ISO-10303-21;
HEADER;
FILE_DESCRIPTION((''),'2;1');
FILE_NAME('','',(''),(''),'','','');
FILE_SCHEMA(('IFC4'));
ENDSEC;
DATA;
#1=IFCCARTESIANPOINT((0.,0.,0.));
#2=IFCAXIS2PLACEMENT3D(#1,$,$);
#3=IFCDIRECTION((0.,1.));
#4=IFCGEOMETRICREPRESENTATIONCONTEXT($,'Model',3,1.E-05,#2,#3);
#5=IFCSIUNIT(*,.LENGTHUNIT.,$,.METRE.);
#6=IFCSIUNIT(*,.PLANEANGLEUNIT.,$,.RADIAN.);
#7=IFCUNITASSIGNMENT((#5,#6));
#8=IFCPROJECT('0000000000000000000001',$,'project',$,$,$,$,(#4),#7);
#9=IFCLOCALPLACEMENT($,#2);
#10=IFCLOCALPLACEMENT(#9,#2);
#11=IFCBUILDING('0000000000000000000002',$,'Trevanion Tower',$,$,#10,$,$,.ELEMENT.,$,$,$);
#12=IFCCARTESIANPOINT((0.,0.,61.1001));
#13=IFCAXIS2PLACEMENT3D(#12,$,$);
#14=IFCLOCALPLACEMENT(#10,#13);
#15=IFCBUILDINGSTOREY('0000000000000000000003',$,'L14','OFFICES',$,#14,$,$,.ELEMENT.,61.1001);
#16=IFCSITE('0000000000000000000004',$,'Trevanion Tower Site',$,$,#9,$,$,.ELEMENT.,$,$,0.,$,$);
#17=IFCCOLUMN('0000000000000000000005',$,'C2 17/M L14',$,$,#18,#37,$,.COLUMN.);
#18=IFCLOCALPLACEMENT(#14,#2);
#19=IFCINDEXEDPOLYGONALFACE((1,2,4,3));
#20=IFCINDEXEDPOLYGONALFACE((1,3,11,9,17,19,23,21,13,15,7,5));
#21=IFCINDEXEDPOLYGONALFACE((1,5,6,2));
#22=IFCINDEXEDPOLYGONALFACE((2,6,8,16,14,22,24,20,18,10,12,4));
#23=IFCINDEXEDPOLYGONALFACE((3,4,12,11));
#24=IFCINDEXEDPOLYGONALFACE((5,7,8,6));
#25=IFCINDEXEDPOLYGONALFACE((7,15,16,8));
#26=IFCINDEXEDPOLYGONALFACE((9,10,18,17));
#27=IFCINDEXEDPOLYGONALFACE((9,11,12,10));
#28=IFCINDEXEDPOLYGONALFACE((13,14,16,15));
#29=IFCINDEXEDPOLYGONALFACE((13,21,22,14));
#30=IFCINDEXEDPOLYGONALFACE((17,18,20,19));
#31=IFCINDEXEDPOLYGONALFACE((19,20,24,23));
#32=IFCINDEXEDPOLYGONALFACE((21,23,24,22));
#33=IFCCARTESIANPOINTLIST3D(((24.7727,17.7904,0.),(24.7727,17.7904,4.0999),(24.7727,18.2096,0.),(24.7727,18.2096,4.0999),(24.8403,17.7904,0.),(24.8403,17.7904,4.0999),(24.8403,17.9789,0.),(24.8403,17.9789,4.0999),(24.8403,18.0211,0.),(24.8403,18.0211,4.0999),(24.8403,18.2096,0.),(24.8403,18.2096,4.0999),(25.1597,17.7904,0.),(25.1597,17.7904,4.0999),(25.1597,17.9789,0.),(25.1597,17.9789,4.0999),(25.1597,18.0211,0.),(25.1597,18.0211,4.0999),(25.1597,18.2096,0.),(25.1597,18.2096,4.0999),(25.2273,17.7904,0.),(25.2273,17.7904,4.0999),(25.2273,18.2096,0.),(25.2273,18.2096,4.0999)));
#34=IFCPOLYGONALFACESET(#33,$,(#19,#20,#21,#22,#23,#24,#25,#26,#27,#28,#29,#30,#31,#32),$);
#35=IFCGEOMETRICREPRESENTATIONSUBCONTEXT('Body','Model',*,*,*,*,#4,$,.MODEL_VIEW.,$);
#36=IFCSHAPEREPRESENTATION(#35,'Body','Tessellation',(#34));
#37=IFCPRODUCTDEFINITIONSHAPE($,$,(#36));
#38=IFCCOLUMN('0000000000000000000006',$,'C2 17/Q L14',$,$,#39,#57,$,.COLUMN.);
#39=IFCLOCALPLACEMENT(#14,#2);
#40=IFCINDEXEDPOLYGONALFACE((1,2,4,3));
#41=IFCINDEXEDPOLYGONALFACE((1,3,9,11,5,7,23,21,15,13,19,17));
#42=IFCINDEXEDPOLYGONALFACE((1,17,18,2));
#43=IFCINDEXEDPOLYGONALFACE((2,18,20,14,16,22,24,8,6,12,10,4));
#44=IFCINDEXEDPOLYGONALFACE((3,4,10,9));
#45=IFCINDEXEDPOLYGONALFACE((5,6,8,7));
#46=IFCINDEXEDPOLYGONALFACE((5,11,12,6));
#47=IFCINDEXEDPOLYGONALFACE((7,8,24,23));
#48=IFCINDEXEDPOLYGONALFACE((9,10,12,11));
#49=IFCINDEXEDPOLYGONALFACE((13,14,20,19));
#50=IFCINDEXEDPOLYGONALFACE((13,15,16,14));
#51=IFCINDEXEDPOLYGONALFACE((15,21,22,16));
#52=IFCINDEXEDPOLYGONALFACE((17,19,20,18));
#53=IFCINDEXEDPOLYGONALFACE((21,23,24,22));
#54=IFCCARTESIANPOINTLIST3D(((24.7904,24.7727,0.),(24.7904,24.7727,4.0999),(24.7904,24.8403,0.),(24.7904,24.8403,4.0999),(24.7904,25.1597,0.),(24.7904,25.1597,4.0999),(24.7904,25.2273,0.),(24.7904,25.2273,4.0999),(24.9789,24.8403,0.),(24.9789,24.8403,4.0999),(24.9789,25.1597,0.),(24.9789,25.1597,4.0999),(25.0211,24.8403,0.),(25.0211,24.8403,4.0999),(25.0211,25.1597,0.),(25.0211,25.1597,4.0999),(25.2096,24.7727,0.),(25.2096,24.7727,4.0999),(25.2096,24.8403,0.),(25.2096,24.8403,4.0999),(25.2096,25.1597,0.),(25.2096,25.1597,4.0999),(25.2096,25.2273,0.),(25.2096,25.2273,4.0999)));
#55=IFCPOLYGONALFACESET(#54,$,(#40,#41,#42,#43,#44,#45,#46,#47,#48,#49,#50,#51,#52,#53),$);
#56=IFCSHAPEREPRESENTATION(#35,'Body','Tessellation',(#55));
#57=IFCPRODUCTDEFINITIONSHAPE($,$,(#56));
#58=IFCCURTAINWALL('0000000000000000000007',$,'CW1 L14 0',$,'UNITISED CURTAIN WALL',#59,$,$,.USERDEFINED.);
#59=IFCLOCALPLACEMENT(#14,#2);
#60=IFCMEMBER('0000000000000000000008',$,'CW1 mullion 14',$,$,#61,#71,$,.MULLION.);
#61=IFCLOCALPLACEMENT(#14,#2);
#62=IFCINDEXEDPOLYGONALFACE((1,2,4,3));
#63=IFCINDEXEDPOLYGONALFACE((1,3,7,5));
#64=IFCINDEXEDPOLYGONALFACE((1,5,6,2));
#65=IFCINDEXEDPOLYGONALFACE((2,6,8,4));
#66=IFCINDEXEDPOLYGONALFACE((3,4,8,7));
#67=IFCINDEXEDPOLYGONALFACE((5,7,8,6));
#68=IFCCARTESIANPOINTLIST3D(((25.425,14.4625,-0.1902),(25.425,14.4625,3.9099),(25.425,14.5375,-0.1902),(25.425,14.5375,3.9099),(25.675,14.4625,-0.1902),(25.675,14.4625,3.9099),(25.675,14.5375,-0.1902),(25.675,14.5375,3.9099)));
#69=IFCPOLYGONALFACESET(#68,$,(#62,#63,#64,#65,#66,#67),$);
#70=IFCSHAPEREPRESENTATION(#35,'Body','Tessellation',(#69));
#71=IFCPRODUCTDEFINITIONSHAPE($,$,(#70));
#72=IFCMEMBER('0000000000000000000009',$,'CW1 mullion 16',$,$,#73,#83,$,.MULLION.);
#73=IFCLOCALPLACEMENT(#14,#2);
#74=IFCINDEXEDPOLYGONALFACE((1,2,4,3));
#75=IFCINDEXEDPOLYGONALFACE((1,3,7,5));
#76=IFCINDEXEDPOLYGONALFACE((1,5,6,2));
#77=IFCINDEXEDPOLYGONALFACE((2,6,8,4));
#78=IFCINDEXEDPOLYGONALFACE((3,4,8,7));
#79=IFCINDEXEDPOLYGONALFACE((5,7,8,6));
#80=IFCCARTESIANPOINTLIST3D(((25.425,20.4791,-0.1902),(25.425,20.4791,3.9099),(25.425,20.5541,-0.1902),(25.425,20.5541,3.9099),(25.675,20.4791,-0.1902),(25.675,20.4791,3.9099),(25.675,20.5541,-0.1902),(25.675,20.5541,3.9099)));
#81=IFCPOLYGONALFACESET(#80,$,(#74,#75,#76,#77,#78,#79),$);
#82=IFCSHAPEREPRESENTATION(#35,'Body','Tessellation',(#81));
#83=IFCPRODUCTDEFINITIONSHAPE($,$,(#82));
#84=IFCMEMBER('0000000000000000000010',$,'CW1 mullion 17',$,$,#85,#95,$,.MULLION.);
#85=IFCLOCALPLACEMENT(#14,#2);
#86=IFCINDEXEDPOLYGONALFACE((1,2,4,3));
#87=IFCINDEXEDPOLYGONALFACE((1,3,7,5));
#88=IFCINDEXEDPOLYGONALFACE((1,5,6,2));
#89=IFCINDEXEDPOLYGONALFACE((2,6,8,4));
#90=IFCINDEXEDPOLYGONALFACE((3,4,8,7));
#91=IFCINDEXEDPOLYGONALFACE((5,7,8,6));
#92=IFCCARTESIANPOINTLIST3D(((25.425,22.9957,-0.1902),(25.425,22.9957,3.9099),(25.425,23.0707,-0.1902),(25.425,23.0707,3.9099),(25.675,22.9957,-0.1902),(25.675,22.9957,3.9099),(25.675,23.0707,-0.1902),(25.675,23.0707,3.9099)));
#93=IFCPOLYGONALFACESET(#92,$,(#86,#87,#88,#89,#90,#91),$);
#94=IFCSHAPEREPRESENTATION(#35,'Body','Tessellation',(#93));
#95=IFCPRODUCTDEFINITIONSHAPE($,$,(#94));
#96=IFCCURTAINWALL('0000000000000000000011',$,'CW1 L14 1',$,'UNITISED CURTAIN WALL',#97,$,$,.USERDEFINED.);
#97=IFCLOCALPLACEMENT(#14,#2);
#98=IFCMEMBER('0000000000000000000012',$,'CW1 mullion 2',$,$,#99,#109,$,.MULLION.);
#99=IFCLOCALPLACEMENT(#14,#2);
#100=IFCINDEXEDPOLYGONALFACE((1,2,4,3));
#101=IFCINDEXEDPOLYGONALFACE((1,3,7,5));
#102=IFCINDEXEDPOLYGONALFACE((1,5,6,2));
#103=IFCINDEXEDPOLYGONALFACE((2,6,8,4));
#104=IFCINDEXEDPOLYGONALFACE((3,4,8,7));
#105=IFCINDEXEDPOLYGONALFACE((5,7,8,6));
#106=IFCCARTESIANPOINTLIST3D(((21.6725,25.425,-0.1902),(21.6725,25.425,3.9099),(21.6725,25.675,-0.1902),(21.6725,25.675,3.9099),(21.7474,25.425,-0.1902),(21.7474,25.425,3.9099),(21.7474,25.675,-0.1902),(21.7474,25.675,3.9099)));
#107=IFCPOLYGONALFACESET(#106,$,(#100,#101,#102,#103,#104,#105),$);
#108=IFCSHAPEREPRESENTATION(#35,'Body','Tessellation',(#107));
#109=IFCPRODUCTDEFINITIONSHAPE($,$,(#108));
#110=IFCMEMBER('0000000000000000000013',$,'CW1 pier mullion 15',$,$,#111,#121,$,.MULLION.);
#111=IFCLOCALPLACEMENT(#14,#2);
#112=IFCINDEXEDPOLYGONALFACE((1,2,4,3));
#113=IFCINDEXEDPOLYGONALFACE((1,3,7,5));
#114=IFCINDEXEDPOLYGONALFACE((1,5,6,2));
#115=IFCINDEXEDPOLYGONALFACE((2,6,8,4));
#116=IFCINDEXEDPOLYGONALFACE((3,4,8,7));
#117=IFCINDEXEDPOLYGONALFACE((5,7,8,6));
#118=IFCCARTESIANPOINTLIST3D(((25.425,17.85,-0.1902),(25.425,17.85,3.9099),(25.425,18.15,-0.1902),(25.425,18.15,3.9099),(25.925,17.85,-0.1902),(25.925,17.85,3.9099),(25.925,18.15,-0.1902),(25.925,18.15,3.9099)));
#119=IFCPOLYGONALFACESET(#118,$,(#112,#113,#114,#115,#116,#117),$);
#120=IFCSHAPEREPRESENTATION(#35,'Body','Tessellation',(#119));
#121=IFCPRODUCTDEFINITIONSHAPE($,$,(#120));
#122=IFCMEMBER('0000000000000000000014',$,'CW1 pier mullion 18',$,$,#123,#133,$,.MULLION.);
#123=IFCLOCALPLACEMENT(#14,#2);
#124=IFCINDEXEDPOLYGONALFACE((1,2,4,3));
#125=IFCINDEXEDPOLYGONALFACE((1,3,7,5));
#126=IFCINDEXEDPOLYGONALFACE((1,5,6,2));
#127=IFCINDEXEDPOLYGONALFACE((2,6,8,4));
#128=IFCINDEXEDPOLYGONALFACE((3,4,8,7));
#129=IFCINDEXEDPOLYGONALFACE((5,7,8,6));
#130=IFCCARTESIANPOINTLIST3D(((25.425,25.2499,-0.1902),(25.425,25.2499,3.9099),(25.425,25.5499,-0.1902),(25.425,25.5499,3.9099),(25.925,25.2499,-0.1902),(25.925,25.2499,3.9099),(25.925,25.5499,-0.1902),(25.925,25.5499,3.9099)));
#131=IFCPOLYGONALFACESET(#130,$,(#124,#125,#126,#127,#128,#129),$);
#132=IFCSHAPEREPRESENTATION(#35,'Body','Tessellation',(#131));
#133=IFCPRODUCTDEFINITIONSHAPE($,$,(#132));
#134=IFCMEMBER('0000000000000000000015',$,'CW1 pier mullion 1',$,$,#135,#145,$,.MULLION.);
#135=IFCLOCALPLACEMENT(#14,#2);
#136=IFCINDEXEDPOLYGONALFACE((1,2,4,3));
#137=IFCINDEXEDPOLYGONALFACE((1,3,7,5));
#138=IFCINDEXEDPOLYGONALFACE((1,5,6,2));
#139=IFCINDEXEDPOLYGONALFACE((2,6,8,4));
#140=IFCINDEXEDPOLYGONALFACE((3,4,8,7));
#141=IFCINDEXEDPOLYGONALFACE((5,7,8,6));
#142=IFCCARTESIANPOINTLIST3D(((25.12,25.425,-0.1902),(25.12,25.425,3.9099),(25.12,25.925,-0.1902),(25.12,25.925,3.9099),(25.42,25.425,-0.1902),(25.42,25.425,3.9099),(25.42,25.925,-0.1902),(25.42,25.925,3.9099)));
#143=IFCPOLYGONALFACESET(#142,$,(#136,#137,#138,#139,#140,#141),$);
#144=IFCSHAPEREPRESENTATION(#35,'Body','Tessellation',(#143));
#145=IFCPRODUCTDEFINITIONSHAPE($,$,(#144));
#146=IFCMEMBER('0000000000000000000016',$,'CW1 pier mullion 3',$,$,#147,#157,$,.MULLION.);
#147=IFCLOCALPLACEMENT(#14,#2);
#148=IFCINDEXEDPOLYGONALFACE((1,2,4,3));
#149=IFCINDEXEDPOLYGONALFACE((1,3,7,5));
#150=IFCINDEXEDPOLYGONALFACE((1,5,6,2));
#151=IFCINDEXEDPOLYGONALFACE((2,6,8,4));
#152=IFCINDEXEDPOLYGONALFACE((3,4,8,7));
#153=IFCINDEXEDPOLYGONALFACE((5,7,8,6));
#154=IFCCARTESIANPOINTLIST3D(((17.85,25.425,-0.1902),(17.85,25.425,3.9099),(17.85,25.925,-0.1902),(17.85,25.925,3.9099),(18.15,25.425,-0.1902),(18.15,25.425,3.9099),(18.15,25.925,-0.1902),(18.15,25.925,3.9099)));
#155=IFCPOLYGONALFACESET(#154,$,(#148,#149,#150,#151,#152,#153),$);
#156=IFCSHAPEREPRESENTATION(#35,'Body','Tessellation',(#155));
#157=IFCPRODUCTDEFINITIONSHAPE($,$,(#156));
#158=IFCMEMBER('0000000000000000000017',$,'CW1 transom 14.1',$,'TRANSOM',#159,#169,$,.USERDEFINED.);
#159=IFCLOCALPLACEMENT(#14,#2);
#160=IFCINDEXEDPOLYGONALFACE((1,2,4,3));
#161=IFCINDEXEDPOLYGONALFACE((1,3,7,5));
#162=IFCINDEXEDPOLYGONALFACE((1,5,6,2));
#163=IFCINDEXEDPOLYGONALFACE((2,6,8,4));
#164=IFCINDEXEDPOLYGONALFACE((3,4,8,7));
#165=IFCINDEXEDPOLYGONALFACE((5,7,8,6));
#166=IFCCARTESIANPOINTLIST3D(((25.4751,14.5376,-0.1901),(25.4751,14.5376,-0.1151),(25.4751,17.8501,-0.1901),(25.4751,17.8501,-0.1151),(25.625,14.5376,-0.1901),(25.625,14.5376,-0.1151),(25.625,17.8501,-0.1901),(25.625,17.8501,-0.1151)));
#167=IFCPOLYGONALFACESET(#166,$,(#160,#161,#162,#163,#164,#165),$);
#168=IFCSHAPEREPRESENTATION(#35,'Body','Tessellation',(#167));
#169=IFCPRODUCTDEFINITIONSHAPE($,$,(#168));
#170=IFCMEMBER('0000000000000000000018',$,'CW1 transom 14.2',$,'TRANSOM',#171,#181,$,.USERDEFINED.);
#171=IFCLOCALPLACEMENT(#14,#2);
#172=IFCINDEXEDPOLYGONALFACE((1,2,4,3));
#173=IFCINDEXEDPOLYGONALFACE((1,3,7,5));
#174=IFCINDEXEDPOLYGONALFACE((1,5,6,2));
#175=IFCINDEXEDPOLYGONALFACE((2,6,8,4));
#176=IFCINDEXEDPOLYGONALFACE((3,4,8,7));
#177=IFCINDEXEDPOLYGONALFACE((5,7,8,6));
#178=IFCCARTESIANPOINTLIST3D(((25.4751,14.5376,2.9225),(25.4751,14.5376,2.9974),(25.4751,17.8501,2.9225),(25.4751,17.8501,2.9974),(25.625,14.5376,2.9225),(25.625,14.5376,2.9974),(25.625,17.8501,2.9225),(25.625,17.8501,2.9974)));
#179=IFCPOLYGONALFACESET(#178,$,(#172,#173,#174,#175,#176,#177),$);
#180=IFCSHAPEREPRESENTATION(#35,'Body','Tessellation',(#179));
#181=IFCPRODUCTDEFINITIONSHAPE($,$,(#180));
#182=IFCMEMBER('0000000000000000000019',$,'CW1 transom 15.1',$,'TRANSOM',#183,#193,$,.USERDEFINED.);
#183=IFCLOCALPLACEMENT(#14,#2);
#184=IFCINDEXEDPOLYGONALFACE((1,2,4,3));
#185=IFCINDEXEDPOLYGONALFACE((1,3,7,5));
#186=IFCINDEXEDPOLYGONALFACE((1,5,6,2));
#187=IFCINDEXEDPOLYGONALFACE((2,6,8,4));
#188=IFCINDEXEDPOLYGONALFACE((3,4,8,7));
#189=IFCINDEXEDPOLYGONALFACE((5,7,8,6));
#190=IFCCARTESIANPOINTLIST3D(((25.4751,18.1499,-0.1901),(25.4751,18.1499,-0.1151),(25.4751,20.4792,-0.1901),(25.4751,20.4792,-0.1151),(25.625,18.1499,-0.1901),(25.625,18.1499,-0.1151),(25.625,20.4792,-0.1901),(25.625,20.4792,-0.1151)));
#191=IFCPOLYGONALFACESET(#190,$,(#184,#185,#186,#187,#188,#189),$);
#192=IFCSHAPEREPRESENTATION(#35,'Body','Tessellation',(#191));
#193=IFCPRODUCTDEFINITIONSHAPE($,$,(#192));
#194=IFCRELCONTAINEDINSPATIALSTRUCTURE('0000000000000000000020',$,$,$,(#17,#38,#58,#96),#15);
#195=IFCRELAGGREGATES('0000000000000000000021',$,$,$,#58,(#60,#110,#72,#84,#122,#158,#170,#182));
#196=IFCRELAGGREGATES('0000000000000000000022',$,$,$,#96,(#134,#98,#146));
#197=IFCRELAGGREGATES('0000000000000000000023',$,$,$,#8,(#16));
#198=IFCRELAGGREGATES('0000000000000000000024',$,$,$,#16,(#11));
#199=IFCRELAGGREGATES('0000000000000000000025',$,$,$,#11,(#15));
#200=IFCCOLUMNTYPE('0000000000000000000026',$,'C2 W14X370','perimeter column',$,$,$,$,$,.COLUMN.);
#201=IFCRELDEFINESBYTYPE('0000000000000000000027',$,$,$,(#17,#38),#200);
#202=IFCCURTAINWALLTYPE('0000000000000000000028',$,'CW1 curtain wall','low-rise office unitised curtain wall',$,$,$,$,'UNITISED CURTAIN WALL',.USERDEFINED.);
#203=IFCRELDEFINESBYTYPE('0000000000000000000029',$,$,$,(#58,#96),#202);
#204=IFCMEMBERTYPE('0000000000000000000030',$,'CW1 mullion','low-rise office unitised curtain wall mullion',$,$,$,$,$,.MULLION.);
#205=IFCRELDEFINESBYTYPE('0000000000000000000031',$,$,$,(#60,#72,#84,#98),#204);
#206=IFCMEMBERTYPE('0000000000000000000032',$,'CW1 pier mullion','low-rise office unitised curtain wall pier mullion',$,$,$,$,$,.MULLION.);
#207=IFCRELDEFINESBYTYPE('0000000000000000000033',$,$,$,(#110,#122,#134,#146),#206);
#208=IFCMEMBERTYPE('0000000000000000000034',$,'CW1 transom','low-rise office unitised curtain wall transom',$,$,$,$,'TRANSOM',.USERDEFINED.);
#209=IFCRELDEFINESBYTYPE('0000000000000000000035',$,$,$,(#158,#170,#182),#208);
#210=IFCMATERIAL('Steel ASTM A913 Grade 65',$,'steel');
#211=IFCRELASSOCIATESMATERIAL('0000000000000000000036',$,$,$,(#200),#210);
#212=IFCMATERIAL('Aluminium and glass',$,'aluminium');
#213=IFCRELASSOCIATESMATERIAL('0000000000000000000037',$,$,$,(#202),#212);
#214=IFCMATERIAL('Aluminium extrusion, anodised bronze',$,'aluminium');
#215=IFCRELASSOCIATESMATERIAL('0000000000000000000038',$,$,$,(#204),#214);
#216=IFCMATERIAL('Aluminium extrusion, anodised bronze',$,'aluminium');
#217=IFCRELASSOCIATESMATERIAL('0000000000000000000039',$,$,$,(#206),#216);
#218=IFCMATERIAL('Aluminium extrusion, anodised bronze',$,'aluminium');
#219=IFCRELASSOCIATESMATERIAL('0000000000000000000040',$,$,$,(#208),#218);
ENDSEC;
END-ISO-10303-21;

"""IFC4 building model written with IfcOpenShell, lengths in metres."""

from ifc_helpers import new_model, si_unit, direction, frame, origin, origin_2d, place, context, subcontext, project, spatial, rectangle, i_section, extrude, material, material_profile, profile_set, type_object, element, aggregate, save


model = new_model("IFC4")

# Units and contexts
model_context = context("Model", 3, precision=1e-05, world=origin(), true_north=direction((0.0, 1.0)))
body_context = subcontext(model_context, "Body", "Model", "MODEL_VIEW")
ifc_project = project(units=[si_unit("LENGTHUNIT", "METRE"), si_unit("PLANEANGLEUNIT", "RADIAN")], contexts=[model_context])

# Site, building, storey
site_placement = place(None, origin())
site = spatial("IfcSite", under=ifc_project, at=site_placement, Name="Trevanion Tower Site", CompositionType="ELEMENT", RefElevation=0.0)
building_placement = place(site_placement, origin())
building = spatial("IfcBuilding", under=site, at=building_placement, Name="Trevanion Tower", CompositionType="ELEMENT")
storey_placement = place(building_placement, frame((0.0, 0.0, 61.1001)))
storey = spatial("IfcBuildingStorey", under=building, at=storey_placement, Name="L14", Description="OFFICES", CompositionType="ELEMENT", Elevation=61.1001)

# Columns
ifc_material_1 = material(Name="Steel ASTM A913 Grade 65", Category="steel")
ifc_material_profile_1 = material_profile(ifc_material_1, i_section(OverallWidth=0.4192, OverallDepth=0.4546, WebThickness=0.0422, FlangeThickness=0.0676, at=origin_2d()), Name="W14X370")
ifc_profile_set_1 = profile_set([ifc_material_profile_1], Name="Steel ASTM A913 Grade 65")
column_type = type_object("IfcColumnType", Name="C2 W14X370", Description="perimeter column", PredefinedType="COLUMN", material=ifc_profile_set_1)
for number, where, z_axis, x_axis, name in (
    (1, (25.0, 18.0, 0.0), (0.0, 0.0, 1.0), (0.0, 1.0, 0.0), "C2 17/M L14"),
    (2, (25.0, 25.0, 0.0), (0.0, 0.0, 1.0), (1.0, 0.0, 0.0), "C2 17/Q L14"),
):
    element("IfcColumn", number, at=place(storey_placement, frame(where, z_axis=z_axis, x_axis=x_axis)), inside=storey, type_object=column_type, Name=name, PredefinedType="COLUMN", context=body_context, shape_type="SweptSolid", body=[
        extrude(i_section(OverallWidth=0.4192, OverallDepth=0.4546, WebThickness=0.0422, FlangeThickness=0.0676, at=origin_2d()), origin(), (0.0, 0.0, 1.0), 4.0999),
    ])

# Curtain wall, members
ifc_material_2 = material(Name="Aluminium and glass", Category="aluminium")
curtain_wall_type = type_object("IfcCurtainWallType", Name="CW1 curtain wall", Description="low-rise office unitised curtain wall", ElementType="UNITISED CURTAIN WALL", PredefinedType="USERDEFINED", material=ifc_material_2)
curtain_wall_1_placement = place(storey_placement, origin())
curtain_wall_1 = element("IfcCurtainWall", 3, at=curtain_wall_1_placement, inside=storey, type_object=curtain_wall_type, Name="CW1 L14 0", ObjectType="UNITISED CURTAIN WALL", PredefinedType="USERDEFINED")
ifc_material_3 = material(Name="Aluminium extrusion, anodised bronze", Category="aluminium")
ifc_material_profile_2 = material_profile(ifc_material_3, rectangle(XDim=0.075, YDim=0.25, at=origin_2d()), Name="CW1 mullion")
ifc_profile_set_2 = profile_set([ifc_material_profile_2], Name="Aluminium extrusion, anodised bronze")
member_type_1 = type_object("IfcMemberType", Name="CW1 mullion", Description="low-rise office unitised curtain wall mullion", PredefinedType="MULLION", material=ifc_profile_set_2)
member_1_placement = place(storey_placement, frame((25.55, 14.5, -0.1902), z_axis=(0.0, 0.0, 1.0), x_axis=(0.0, 1.0, 0.0)))
member_1 = element("IfcMember", 4, at=member_1_placement, type_object=member_type_1, Name="CW1 mullion 14", PredefinedType="MULLION", context=body_context, shape_type="SweptSolid", body=[
    extrude(rectangle(XDim=0.075, YDim=0.25, at=origin_2d()), origin(), (0.0, 0.0, 1.0), 4.1001),
])
member_2_placement = place(storey_placement, frame((25.55, 20.5166, -0.1902), z_axis=(0.0, 0.0, 1.0), x_axis=(0.0, 1.0, 0.0)))
member_2 = element("IfcMember", 5, at=member_2_placement, type_object=member_type_1, Name="CW1 mullion 16", PredefinedType="MULLION", context=body_context, shape_type="SweptSolid", body=[
    extrude(rectangle(XDim=0.075, YDim=0.25, at=origin_2d()), origin(), (0.0, 0.0, 1.0), 4.1001),
])
member_3_placement = place(storey_placement, frame((25.55, 23.0332, -0.1902), z_axis=(0.0, 0.0, 1.0), x_axis=(0.0, 1.0, 0.0)))
member_3 = element("IfcMember", 6, at=member_3_placement, type_object=member_type_1, Name="CW1 mullion 17", PredefinedType="MULLION", context=body_context, shape_type="SweptSolid", body=[
    extrude(rectangle(XDim=0.075, YDim=0.25, at=origin_2d()), origin(), (0.0, 0.0, 1.0), 4.1001),
])

# Curtain wall, member
curtain_wall_2_placement = place(storey_placement, origin())
curtain_wall_2 = element("IfcCurtainWall", 7, at=curtain_wall_2_placement, inside=storey, type_object=curtain_wall_type, Name="CW1 L14 1", ObjectType="UNITISED CURTAIN WALL", PredefinedType="USERDEFINED")
member_4_placement = place(storey_placement, frame((21.71, 25.55, -0.1902), z_axis=(0.0, 0.0, 1.0), x_axis=(-1.0, 0.0, 0.0)))
member_4 = element("IfcMember", 8, at=member_4_placement, type_object=member_type_1, Name="CW1 mullion 2", PredefinedType="MULLION", context=body_context, shape_type="SweptSolid", body=[
    extrude(rectangle(XDim=0.075, YDim=0.25, at=origin_2d()), origin(), (0.0, 0.0, 1.0), 4.1001),
])

# Members
ifc_material_4 = material(Name="Aluminium extrusion, anodised bronze", Category="aluminium")
ifc_material_profile_3 = material_profile(ifc_material_4, rectangle(XDim=0.3, YDim=0.5, at=origin_2d()), Name="CW1 pier mullion")
ifc_profile_set_3 = profile_set([ifc_material_profile_3], Name="Aluminium extrusion, anodised bronze")
member_type_2 = type_object("IfcMemberType", Name="CW1 pier mullion", Description="low-rise office unitised curtain wall pier mullion", PredefinedType="MULLION", material=ifc_profile_set_3)
member_5_placement = place(storey_placement, frame((25.675, 18.0, -0.1902), z_axis=(0.0, 0.0, 1.0), x_axis=(0.0, 1.0, 0.0)))
member_5 = element("IfcMember", 9, at=member_5_placement, type_object=member_type_2, Name="CW1 pier mullion 15", PredefinedType="MULLION", context=body_context, shape_type="SweptSolid", body=[
    extrude(rectangle(XDim=0.3, YDim=0.5, at=origin_2d()), origin(), (0.0, 0.0, 1.0), 4.1001),
])
member_6_placement = place(storey_placement, frame((25.675, 25.3999, -0.1902), z_axis=(0.0, 0.0, 1.0), x_axis=(0.0, 1.0, 0.0)))
member_6 = element("IfcMember", 10, at=member_6_placement, type_object=member_type_2, Name="CW1 pier mullion 18", PredefinedType="MULLION", context=body_context, shape_type="SweptSolid", body=[
    extrude(rectangle(XDim=0.3, YDim=0.5, at=origin_2d()), origin(), (0.0, 0.0, 1.0), 4.1001),
])
member_7_placement = place(storey_placement, frame((25.27, 25.675, -0.1902), z_axis=(0.0, 0.0, 1.0), x_axis=(-1.0, 0.0, 0.0)))
member_7 = element("IfcMember", 11, at=member_7_placement, type_object=member_type_2, Name="CW1 pier mullion 1", PredefinedType="MULLION", context=body_context, shape_type="SweptSolid", body=[
    extrude(rectangle(XDim=0.3, YDim=0.5, at=origin_2d()), origin(), (0.0, 0.0, 1.0), 4.1001),
])
member_8_placement = place(storey_placement, frame((18.0, 25.675, -0.1902), z_axis=(0.0, 0.0, 1.0), x_axis=(-1.0, 0.0, 0.0)))
member_8 = element("IfcMember", 12, at=member_8_placement, type_object=member_type_2, Name="CW1 pier mullion 3", PredefinedType="MULLION", context=body_context, shape_type="SweptSolid", body=[
    extrude(rectangle(XDim=0.3, YDim=0.5, at=origin_2d()), origin(), (0.0, 0.0, 1.0), 4.1001),
])
ifc_material_5 = material(Name="Aluminium extrusion, anodised bronze", Category="aluminium")
ifc_material_profile_4 = material_profile(ifc_material_5, rectangle(XDim=0.1499, YDim=0.075, at=origin_2d()), Name="CW1 transom")
ifc_profile_set_4 = profile_set([ifc_material_profile_4], Name="Aluminium extrusion, anodised bronze")
member_type_3 = type_object("IfcMemberType", Name="CW1 transom", Description="low-rise office unitised curtain wall transom", ElementType="TRANSOM", PredefinedType="USERDEFINED", material=ifc_profile_set_4)
member_9_placement = place(storey_placement, frame((25.55, 14.5376, -0.1526), z_axis=(0.0, 1.0, 0.0), x_axis=(-1.0, 0.0, 0.0)))
member_9 = element("IfcMember", 13, at=member_9_placement, type_object=member_type_3, Name="CW1 transom 14.1", ObjectType="TRANSOM", PredefinedType="USERDEFINED", context=body_context, shape_type="SweptSolid", body=[
    extrude(rectangle(XDim=0.1499, YDim=0.075, at=origin_2d()), origin(), (0.0, 0.0, 1.0), 3.3125),
])
member_10_placement = place(storey_placement, frame((25.55, 14.5376, 2.96), z_axis=(0.0, 1.0, 0.0), x_axis=(-1.0, 0.0, 0.0)))
member_10 = element("IfcMember", 14, at=member_10_placement, type_object=member_type_3, Name="CW1 transom 14.2", ObjectType="TRANSOM", PredefinedType="USERDEFINED", context=body_context, shape_type="SweptSolid", body=[
    extrude(rectangle(XDim=0.1499, YDim=0.075, at=origin_2d()), origin(), (0.0, 0.0, 1.0), 3.3125),
])
member_11_placement = place(storey_placement, frame((25.55, 18.1499, -0.1526), z_axis=(0.0, 1.0, 0.0), x_axis=(-1.0, 0.0, 0.0)))
member_11 = element("IfcMember", 15, at=member_11_placement, type_object=member_type_3, Name="CW1 transom 15.1", ObjectType="TRANSOM", PredefinedType="USERDEFINED", context=body_context, shape_type="SweptSolid", body=[
    extrude(rectangle(XDim=0.1499, YDim=0.075, at=origin_2d()), origin(), (0.0, 0.0, 1.0), 2.3293),
])

aggregate(curtain_wall_1, [member_1, member_5, member_2, member_3, member_6, member_9, member_10, member_11])
aggregate(curtain_wall_2, [member_7, member_4, member_8])

save(model, "model.ifc")
